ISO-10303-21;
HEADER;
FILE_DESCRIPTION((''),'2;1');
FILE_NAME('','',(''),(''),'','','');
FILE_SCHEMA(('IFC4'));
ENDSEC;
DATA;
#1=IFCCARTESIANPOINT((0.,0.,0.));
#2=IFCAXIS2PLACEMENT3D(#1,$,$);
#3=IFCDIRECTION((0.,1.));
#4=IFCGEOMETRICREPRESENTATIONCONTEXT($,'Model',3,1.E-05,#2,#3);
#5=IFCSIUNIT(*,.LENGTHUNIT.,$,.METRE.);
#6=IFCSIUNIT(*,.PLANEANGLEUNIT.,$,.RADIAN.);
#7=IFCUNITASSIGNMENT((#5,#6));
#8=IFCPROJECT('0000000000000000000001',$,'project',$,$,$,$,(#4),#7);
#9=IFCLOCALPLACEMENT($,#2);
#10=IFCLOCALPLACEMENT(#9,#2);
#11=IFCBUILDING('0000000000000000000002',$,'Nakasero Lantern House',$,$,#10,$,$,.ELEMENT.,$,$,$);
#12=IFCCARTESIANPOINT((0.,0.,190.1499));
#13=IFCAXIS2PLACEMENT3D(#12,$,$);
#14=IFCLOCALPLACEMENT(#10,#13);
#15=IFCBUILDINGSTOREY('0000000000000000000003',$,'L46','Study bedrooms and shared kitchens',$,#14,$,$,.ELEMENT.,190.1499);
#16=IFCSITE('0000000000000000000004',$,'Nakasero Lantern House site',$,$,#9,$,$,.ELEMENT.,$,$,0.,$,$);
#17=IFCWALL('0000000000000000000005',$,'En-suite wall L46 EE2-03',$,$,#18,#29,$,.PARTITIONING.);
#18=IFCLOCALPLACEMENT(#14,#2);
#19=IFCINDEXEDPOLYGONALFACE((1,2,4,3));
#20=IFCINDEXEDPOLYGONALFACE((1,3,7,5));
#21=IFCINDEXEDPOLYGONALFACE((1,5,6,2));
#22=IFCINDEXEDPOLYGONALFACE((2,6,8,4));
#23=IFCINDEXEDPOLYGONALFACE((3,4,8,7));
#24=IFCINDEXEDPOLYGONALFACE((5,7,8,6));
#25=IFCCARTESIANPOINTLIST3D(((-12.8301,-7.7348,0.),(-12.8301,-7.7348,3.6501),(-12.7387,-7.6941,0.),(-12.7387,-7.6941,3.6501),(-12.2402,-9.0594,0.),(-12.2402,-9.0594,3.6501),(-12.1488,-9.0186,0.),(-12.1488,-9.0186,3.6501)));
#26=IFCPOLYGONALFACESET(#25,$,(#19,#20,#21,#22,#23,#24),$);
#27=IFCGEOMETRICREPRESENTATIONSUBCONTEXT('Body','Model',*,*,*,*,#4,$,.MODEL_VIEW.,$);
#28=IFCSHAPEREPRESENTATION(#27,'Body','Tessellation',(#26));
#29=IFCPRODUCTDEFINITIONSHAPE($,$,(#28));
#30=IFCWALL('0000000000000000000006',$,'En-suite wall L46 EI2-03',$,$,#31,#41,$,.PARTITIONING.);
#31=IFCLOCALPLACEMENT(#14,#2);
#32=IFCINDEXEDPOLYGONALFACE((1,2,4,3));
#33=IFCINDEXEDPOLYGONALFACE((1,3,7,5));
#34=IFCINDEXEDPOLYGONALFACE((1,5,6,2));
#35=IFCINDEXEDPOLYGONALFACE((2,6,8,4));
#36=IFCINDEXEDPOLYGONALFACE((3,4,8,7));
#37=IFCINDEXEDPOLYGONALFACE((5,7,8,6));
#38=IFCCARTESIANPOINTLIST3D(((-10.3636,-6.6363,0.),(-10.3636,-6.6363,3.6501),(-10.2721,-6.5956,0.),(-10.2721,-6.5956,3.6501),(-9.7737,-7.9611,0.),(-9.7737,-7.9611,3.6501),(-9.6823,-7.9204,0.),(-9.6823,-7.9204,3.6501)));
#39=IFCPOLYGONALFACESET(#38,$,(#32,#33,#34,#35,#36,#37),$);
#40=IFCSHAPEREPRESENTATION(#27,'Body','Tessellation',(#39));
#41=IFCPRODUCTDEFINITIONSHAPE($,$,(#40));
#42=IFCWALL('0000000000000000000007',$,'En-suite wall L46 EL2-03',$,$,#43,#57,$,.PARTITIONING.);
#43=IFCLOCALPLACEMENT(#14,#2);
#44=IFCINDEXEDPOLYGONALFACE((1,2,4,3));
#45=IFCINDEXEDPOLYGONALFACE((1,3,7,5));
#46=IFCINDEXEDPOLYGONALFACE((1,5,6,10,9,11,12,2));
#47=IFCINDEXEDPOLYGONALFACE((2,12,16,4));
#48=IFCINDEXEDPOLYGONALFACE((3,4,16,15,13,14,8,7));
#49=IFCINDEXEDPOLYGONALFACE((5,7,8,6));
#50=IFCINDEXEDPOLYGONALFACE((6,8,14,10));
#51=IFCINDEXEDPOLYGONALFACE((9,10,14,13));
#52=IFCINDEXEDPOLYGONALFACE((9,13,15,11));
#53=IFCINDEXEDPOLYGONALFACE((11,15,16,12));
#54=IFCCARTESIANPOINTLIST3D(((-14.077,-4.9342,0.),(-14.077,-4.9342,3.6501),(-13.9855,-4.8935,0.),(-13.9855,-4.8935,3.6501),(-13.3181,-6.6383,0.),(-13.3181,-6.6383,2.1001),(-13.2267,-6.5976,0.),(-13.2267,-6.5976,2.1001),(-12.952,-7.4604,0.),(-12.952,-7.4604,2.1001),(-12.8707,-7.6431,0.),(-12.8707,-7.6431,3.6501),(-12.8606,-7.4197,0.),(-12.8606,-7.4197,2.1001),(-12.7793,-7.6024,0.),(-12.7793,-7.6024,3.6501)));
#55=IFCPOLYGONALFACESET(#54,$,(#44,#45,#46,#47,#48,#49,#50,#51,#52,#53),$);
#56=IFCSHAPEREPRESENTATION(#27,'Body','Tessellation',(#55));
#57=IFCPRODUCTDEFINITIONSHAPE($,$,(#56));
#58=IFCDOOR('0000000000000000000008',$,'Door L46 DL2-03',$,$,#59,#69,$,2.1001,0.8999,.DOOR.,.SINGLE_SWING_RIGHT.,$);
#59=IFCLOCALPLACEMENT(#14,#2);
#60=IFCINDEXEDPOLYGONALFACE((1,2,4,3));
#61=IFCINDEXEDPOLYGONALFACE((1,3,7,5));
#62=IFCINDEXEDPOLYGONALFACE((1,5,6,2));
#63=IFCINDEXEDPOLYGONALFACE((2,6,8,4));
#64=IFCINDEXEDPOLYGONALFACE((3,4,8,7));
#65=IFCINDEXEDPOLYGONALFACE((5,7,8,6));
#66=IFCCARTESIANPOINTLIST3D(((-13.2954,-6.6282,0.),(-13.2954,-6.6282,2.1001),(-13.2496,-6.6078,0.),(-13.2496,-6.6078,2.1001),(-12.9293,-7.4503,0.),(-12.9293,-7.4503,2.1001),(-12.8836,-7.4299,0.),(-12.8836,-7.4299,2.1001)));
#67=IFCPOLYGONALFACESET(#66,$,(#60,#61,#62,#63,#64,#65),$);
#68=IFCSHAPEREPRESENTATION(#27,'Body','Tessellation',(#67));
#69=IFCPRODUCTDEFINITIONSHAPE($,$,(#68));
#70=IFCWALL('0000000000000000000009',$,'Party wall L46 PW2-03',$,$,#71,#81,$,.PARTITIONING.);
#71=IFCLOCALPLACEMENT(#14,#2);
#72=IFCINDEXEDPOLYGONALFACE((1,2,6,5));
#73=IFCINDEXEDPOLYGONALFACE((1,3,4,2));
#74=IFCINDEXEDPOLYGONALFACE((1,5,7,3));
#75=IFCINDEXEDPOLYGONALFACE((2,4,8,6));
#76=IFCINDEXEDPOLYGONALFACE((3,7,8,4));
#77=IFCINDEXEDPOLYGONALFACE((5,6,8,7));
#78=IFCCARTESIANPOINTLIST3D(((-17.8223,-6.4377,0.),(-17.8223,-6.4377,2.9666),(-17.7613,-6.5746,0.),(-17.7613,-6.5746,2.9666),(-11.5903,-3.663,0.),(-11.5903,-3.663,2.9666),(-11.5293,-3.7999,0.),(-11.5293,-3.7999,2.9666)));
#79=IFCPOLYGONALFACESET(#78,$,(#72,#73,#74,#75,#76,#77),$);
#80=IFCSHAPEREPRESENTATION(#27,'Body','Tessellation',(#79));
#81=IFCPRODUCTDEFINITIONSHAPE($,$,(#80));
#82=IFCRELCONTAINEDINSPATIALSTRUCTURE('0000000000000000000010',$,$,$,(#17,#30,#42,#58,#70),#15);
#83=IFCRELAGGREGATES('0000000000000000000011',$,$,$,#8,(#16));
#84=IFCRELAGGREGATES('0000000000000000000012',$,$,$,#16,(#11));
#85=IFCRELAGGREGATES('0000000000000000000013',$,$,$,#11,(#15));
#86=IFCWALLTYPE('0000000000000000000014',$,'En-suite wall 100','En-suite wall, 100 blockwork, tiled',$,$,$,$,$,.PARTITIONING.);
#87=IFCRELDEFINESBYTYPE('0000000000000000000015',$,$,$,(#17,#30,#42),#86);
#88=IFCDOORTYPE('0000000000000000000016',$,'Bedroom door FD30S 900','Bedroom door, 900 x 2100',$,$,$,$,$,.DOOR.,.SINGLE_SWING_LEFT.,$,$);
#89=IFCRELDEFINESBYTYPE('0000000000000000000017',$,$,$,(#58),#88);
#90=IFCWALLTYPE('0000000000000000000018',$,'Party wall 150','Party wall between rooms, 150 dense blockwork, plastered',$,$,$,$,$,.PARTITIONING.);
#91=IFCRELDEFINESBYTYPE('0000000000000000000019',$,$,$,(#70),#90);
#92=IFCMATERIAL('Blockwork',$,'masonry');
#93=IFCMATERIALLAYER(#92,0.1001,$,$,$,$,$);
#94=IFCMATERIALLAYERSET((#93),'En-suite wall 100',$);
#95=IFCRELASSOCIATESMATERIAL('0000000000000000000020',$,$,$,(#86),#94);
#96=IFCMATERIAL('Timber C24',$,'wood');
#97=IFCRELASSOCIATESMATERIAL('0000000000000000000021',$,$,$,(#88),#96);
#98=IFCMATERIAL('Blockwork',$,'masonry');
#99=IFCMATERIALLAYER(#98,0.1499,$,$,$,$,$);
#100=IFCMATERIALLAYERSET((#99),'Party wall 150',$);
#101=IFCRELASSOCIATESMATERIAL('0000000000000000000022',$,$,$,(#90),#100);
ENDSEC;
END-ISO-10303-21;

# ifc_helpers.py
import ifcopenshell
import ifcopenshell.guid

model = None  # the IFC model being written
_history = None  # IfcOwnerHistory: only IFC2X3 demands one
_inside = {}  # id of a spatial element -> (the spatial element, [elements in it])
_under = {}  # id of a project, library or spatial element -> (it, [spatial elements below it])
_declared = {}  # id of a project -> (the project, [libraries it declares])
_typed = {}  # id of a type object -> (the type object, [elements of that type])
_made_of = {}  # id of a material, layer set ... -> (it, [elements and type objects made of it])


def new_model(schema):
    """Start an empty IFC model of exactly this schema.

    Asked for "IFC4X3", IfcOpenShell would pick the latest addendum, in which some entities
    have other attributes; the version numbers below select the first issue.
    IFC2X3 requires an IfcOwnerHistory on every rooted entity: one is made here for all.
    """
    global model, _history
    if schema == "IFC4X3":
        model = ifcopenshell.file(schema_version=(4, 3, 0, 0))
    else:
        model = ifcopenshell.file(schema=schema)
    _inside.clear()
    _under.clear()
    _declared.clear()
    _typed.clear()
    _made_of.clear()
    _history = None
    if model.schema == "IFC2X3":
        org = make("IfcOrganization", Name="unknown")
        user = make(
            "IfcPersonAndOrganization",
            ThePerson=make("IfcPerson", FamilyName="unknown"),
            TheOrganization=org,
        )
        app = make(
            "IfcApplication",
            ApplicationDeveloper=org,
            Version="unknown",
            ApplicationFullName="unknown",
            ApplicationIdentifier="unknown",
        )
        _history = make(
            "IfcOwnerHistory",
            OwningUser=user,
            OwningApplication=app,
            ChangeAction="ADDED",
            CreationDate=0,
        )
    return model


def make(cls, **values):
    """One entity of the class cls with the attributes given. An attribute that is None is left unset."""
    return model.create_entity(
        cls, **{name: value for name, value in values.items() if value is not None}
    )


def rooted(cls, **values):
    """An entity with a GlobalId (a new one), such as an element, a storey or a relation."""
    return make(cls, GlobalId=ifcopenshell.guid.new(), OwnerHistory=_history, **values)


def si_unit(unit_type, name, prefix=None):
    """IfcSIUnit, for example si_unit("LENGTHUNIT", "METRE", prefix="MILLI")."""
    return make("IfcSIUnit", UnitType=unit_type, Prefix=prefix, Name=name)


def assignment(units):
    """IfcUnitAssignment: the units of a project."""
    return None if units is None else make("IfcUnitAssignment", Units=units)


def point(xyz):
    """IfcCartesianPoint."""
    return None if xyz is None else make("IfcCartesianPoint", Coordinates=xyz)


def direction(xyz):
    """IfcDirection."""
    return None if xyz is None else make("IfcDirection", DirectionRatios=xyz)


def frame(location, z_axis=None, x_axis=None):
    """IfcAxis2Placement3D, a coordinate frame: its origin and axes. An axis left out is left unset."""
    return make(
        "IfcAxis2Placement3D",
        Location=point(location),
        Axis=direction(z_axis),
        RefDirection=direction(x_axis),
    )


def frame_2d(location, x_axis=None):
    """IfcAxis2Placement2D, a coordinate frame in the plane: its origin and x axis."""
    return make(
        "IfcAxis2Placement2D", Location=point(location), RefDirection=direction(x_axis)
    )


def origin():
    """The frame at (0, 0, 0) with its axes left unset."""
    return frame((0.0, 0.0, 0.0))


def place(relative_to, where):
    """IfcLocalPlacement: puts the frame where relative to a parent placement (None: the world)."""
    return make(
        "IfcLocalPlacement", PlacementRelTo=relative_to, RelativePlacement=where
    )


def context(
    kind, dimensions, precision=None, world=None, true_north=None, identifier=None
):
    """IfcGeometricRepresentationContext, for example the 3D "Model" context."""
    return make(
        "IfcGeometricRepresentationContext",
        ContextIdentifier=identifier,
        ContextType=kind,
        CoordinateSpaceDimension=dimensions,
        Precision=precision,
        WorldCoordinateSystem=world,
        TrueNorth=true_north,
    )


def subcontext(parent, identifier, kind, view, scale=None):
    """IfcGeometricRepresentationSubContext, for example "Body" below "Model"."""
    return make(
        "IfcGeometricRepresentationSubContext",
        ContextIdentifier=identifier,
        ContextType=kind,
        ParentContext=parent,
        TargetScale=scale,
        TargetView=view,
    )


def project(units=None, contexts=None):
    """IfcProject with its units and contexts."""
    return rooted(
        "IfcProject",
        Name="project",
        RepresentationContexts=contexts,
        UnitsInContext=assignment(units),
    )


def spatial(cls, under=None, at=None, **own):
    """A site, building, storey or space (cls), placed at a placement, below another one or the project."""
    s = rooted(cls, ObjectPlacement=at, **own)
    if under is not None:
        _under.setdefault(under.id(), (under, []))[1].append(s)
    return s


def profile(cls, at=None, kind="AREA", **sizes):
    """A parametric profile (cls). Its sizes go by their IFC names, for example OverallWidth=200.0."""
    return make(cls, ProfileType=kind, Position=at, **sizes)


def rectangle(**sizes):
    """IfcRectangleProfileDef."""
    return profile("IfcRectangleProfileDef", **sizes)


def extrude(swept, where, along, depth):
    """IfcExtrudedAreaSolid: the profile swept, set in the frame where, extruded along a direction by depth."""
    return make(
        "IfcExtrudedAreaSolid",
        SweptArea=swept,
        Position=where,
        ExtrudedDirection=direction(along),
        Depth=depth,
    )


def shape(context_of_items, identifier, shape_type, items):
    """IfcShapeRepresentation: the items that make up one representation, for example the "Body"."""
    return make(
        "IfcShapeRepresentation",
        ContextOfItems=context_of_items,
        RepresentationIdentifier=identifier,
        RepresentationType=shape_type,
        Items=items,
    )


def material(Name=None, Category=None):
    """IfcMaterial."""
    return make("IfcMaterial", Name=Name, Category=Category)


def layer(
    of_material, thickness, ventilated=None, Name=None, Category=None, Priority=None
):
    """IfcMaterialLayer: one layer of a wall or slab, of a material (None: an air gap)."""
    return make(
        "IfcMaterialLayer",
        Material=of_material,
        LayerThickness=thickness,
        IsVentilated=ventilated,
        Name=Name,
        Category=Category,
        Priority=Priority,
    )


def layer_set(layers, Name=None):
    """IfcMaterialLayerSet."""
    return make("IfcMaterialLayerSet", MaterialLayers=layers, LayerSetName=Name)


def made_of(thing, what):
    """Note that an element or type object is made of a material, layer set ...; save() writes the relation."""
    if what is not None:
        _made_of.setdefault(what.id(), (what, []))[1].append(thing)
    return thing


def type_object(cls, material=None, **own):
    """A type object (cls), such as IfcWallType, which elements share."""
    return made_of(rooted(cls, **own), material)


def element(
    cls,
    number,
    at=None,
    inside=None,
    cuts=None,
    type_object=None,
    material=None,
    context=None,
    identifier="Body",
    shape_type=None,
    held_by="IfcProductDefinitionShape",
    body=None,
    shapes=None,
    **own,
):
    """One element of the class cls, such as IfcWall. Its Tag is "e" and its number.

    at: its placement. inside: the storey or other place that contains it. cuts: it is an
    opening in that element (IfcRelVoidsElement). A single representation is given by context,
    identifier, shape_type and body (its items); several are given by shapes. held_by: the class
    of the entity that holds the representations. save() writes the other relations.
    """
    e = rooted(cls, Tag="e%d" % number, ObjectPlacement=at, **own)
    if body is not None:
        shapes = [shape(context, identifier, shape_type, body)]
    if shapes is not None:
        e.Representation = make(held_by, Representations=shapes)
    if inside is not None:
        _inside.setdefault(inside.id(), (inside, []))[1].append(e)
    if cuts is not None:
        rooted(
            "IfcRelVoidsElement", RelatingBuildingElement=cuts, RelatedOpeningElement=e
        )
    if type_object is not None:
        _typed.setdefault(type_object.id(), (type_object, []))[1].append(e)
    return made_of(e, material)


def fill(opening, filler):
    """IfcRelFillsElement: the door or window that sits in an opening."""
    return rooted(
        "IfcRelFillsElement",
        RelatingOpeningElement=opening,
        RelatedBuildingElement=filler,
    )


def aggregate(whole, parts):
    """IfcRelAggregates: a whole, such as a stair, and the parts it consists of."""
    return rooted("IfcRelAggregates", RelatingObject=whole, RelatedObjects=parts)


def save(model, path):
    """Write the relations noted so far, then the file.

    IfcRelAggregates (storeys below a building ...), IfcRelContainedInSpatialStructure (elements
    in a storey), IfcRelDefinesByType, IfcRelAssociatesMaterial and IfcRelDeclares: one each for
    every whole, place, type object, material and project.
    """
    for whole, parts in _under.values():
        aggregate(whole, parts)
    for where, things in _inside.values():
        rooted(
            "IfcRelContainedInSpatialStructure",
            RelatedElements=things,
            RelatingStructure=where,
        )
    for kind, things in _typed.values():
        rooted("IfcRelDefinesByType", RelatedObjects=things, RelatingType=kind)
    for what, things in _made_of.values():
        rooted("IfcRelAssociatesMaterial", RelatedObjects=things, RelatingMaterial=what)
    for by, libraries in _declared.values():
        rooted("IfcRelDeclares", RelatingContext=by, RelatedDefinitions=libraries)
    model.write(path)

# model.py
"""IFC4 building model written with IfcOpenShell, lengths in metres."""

from ifc_helpers import new_model, si_unit, direction, frame, frame_2d, origin, place, context, subcontext, project, spatial, rectangle, extrude, material, layer, layer_set, type_object, element, fill, save


model = new_model("IFC4")

# Units and contexts
model_context = context("Model", 3, precision=1e-05, world=origin(), true_north=direction((0.0, 1.0)))
body_context = subcontext(model_context, "Body", "Model", "MODEL_VIEW")
ifc_project = project(units=[si_unit("LENGTHUNIT", "METRE"), si_unit("PLANEANGLEUNIT", "RADIAN")], contexts=[model_context])

# Site, building, storey
site_placement = place(None, origin())
site = spatial("IfcSite", under=ifc_project, at=site_placement, Name="Nakasero Lantern House site", CompositionType="ELEMENT", RefElevation=0.0)
building_placement = place(site_placement, origin())
building = spatial("IfcBuilding", under=site, at=building_placement, Name="Nakasero Lantern House", CompositionType="ELEMENT")
storey_placement = place(building_placement, frame((0.0, 0.0, 190.1499)))
storey = spatial("IfcBuildingStorey", under=building, at=storey_placement, Name="L46", Description="Study bedrooms and shared kitchens", CompositionType="ELEMENT", Elevation=190.1499)

# Walls
ifc_material_1 = material(Name="Blockwork", Category="masonry")
ifc_layer_1 = layer(ifc_material_1, 0.1001)
ifc_layer_set_1 = layer_set([ifc_layer_1], Name="En-suite wall 100")
wall_type_1 = type_object("IfcWallType", Name="En-suite wall 100", Description="En-suite wall, 100 blockwork, tiled", PredefinedType="PARTITIONING", material=ifc_layer_set_1)
wall_1_placement = place(storey_placement, frame((-12.7844, -7.7144, 0.0), z_axis=(0.0, 0.0, 1.0), x_axis=(0.406826, -0.913506, 0.0)))
element("IfcWall", 1, at=wall_1_placement, inside=storey, type_object=wall_type_1, Name="En-suite wall L46 EE2-03", PredefinedType="PARTITIONING", context=body_context, shape_type="SweptSolid", body=[
    extrude(rectangle(XDim=1.45, YDim=0.1001, at=frame_2d((0.7251, 0.0))), origin(), (0.0, 0.0, 1.0), 3.6501),
])
wall_2_placement = place(storey_placement, frame((-10.3179, -6.616, 0.0), z_axis=(0.0, 0.0, 1.0), x_axis=(0.406763, -0.913534, 0.0)))
element("IfcWall", 2, at=wall_2_placement, inside=storey, type_object=wall_type_1, Name="En-suite wall L46 EI2-03", PredefinedType="PARTITIONING", context=body_context, shape_type="SweptSolid", body=[
    extrude(rectangle(XDim=1.4502, YDim=0.1001, at=frame_2d((0.7251, 0.0))), origin(), (0.0, 0.0, 1.0), 3.6501),
])

# Wall, opening, door
wall_3_placement = place(storey_placement, frame((-14.0312, -4.9138, 0.0), z_axis=(0.0, 0.0, 1.0), x_axis=(0.406788, -0.913523, 0.0)))
wall_3 = element("IfcWall", 3, at=wall_3_placement, inside=storey, type_object=wall_type_1, Name="En-suite wall L46 EL2-03", PredefinedType="PARTITIONING", context=body_context, shape_type="SweptSolid", body=[
    extrude(rectangle(XDim=2.9653, YDim=0.1001, at=frame_2d((1.4827, 0.0))), origin(), (0.0, 0.0, 1.0), 3.6501),
])
opening_1_placement = place(wall_3_placement, frame((1.8655, 0.0, 0.0)))
opening_1 = element("IfcOpeningElement", 4, at=opening_1_placement, cuts=wall_3, PredefinedType="OPENING", context=body_context, shape_type="SweptSolid", body=[
    extrude(rectangle(XDim=0.8999, YDim=2.1001, at=frame_2d((0.45, 1.05))), frame((0.0, 0.0701, 0.0), z_axis=(0.0, -1.0, 0.0), x_axis=(1.0, 0.0, 0.0)), (0.0, 0.0, 1.0), 0.1401),
])
ifc_material_2 = material(Name="Timber C24", Category="wood")
door_type_1 = type_object("IfcDoorType", Name="Bedroom door FD30S 900", Description="Bedroom door, 900 x 2100", OperationType="SINGLE_SWING_LEFT", PredefinedType="DOOR", material=ifc_material_2)
door_1_placement = place(opening_1_placement, origin())
door_1 = element("IfcDoor", 5, at=door_1_placement, inside=storey, type_object=door_type_1, Name="Door L46 DL2-03", OperationType="SINGLE_SWING_RIGHT", OverallHeight=2.1001, OverallWidth=0.8999, PredefinedType="DOOR", context=body_context, shape_type="SweptSolid", body=[
    extrude(rectangle(XDim=0.8999, YDim=2.1001, at=frame_2d((0.45, 1.05))), frame((0.0, 0.0249, 0.0), z_axis=(0.0, -1.0, 0.0), x_axis=(1.0, 0.0, 0.0)), (0.0, 0.0, 1.0), 0.05),
])
fill(opening_1, door_1)

# Wall
ifc_material_3 = material(Name="Blockwork", Category="masonry")
ifc_layer_2 = layer(ifc_material_3, 0.1499)
ifc_layer_set_2 = layer_set([ifc_layer_2], Name="Party wall 150")
wall_type_2 = type_object("IfcWallType", Name="Party wall 150", Description="Party wall between rooms, 150 dense blockwork, plastered", PredefinedType="PARTITIONING", material=ifc_layer_set_2)
wall_4_placement = place(storey_placement, frame((-11.5598, -3.7314, 0.0), z_axis=(0.0, 0.0, 1.0), x_axis=(-0.913544, -0.406739, 0.0)))
element("IfcWall", 6, at=wall_4_placement, inside=storey, type_object=wall_type_2, Name="Party wall L46 PW2-03", PredefinedType="PARTITIONING", context=body_context, shape_type="SweptSolid", body=[
    extrude(rectangle(XDim=6.8218, YDim=0.1499, at=frame_2d((3.4109, 0.0))), origin(), (0.0, 0.0, 1.0), 2.9666),
])

save(model, "model.ifc")
